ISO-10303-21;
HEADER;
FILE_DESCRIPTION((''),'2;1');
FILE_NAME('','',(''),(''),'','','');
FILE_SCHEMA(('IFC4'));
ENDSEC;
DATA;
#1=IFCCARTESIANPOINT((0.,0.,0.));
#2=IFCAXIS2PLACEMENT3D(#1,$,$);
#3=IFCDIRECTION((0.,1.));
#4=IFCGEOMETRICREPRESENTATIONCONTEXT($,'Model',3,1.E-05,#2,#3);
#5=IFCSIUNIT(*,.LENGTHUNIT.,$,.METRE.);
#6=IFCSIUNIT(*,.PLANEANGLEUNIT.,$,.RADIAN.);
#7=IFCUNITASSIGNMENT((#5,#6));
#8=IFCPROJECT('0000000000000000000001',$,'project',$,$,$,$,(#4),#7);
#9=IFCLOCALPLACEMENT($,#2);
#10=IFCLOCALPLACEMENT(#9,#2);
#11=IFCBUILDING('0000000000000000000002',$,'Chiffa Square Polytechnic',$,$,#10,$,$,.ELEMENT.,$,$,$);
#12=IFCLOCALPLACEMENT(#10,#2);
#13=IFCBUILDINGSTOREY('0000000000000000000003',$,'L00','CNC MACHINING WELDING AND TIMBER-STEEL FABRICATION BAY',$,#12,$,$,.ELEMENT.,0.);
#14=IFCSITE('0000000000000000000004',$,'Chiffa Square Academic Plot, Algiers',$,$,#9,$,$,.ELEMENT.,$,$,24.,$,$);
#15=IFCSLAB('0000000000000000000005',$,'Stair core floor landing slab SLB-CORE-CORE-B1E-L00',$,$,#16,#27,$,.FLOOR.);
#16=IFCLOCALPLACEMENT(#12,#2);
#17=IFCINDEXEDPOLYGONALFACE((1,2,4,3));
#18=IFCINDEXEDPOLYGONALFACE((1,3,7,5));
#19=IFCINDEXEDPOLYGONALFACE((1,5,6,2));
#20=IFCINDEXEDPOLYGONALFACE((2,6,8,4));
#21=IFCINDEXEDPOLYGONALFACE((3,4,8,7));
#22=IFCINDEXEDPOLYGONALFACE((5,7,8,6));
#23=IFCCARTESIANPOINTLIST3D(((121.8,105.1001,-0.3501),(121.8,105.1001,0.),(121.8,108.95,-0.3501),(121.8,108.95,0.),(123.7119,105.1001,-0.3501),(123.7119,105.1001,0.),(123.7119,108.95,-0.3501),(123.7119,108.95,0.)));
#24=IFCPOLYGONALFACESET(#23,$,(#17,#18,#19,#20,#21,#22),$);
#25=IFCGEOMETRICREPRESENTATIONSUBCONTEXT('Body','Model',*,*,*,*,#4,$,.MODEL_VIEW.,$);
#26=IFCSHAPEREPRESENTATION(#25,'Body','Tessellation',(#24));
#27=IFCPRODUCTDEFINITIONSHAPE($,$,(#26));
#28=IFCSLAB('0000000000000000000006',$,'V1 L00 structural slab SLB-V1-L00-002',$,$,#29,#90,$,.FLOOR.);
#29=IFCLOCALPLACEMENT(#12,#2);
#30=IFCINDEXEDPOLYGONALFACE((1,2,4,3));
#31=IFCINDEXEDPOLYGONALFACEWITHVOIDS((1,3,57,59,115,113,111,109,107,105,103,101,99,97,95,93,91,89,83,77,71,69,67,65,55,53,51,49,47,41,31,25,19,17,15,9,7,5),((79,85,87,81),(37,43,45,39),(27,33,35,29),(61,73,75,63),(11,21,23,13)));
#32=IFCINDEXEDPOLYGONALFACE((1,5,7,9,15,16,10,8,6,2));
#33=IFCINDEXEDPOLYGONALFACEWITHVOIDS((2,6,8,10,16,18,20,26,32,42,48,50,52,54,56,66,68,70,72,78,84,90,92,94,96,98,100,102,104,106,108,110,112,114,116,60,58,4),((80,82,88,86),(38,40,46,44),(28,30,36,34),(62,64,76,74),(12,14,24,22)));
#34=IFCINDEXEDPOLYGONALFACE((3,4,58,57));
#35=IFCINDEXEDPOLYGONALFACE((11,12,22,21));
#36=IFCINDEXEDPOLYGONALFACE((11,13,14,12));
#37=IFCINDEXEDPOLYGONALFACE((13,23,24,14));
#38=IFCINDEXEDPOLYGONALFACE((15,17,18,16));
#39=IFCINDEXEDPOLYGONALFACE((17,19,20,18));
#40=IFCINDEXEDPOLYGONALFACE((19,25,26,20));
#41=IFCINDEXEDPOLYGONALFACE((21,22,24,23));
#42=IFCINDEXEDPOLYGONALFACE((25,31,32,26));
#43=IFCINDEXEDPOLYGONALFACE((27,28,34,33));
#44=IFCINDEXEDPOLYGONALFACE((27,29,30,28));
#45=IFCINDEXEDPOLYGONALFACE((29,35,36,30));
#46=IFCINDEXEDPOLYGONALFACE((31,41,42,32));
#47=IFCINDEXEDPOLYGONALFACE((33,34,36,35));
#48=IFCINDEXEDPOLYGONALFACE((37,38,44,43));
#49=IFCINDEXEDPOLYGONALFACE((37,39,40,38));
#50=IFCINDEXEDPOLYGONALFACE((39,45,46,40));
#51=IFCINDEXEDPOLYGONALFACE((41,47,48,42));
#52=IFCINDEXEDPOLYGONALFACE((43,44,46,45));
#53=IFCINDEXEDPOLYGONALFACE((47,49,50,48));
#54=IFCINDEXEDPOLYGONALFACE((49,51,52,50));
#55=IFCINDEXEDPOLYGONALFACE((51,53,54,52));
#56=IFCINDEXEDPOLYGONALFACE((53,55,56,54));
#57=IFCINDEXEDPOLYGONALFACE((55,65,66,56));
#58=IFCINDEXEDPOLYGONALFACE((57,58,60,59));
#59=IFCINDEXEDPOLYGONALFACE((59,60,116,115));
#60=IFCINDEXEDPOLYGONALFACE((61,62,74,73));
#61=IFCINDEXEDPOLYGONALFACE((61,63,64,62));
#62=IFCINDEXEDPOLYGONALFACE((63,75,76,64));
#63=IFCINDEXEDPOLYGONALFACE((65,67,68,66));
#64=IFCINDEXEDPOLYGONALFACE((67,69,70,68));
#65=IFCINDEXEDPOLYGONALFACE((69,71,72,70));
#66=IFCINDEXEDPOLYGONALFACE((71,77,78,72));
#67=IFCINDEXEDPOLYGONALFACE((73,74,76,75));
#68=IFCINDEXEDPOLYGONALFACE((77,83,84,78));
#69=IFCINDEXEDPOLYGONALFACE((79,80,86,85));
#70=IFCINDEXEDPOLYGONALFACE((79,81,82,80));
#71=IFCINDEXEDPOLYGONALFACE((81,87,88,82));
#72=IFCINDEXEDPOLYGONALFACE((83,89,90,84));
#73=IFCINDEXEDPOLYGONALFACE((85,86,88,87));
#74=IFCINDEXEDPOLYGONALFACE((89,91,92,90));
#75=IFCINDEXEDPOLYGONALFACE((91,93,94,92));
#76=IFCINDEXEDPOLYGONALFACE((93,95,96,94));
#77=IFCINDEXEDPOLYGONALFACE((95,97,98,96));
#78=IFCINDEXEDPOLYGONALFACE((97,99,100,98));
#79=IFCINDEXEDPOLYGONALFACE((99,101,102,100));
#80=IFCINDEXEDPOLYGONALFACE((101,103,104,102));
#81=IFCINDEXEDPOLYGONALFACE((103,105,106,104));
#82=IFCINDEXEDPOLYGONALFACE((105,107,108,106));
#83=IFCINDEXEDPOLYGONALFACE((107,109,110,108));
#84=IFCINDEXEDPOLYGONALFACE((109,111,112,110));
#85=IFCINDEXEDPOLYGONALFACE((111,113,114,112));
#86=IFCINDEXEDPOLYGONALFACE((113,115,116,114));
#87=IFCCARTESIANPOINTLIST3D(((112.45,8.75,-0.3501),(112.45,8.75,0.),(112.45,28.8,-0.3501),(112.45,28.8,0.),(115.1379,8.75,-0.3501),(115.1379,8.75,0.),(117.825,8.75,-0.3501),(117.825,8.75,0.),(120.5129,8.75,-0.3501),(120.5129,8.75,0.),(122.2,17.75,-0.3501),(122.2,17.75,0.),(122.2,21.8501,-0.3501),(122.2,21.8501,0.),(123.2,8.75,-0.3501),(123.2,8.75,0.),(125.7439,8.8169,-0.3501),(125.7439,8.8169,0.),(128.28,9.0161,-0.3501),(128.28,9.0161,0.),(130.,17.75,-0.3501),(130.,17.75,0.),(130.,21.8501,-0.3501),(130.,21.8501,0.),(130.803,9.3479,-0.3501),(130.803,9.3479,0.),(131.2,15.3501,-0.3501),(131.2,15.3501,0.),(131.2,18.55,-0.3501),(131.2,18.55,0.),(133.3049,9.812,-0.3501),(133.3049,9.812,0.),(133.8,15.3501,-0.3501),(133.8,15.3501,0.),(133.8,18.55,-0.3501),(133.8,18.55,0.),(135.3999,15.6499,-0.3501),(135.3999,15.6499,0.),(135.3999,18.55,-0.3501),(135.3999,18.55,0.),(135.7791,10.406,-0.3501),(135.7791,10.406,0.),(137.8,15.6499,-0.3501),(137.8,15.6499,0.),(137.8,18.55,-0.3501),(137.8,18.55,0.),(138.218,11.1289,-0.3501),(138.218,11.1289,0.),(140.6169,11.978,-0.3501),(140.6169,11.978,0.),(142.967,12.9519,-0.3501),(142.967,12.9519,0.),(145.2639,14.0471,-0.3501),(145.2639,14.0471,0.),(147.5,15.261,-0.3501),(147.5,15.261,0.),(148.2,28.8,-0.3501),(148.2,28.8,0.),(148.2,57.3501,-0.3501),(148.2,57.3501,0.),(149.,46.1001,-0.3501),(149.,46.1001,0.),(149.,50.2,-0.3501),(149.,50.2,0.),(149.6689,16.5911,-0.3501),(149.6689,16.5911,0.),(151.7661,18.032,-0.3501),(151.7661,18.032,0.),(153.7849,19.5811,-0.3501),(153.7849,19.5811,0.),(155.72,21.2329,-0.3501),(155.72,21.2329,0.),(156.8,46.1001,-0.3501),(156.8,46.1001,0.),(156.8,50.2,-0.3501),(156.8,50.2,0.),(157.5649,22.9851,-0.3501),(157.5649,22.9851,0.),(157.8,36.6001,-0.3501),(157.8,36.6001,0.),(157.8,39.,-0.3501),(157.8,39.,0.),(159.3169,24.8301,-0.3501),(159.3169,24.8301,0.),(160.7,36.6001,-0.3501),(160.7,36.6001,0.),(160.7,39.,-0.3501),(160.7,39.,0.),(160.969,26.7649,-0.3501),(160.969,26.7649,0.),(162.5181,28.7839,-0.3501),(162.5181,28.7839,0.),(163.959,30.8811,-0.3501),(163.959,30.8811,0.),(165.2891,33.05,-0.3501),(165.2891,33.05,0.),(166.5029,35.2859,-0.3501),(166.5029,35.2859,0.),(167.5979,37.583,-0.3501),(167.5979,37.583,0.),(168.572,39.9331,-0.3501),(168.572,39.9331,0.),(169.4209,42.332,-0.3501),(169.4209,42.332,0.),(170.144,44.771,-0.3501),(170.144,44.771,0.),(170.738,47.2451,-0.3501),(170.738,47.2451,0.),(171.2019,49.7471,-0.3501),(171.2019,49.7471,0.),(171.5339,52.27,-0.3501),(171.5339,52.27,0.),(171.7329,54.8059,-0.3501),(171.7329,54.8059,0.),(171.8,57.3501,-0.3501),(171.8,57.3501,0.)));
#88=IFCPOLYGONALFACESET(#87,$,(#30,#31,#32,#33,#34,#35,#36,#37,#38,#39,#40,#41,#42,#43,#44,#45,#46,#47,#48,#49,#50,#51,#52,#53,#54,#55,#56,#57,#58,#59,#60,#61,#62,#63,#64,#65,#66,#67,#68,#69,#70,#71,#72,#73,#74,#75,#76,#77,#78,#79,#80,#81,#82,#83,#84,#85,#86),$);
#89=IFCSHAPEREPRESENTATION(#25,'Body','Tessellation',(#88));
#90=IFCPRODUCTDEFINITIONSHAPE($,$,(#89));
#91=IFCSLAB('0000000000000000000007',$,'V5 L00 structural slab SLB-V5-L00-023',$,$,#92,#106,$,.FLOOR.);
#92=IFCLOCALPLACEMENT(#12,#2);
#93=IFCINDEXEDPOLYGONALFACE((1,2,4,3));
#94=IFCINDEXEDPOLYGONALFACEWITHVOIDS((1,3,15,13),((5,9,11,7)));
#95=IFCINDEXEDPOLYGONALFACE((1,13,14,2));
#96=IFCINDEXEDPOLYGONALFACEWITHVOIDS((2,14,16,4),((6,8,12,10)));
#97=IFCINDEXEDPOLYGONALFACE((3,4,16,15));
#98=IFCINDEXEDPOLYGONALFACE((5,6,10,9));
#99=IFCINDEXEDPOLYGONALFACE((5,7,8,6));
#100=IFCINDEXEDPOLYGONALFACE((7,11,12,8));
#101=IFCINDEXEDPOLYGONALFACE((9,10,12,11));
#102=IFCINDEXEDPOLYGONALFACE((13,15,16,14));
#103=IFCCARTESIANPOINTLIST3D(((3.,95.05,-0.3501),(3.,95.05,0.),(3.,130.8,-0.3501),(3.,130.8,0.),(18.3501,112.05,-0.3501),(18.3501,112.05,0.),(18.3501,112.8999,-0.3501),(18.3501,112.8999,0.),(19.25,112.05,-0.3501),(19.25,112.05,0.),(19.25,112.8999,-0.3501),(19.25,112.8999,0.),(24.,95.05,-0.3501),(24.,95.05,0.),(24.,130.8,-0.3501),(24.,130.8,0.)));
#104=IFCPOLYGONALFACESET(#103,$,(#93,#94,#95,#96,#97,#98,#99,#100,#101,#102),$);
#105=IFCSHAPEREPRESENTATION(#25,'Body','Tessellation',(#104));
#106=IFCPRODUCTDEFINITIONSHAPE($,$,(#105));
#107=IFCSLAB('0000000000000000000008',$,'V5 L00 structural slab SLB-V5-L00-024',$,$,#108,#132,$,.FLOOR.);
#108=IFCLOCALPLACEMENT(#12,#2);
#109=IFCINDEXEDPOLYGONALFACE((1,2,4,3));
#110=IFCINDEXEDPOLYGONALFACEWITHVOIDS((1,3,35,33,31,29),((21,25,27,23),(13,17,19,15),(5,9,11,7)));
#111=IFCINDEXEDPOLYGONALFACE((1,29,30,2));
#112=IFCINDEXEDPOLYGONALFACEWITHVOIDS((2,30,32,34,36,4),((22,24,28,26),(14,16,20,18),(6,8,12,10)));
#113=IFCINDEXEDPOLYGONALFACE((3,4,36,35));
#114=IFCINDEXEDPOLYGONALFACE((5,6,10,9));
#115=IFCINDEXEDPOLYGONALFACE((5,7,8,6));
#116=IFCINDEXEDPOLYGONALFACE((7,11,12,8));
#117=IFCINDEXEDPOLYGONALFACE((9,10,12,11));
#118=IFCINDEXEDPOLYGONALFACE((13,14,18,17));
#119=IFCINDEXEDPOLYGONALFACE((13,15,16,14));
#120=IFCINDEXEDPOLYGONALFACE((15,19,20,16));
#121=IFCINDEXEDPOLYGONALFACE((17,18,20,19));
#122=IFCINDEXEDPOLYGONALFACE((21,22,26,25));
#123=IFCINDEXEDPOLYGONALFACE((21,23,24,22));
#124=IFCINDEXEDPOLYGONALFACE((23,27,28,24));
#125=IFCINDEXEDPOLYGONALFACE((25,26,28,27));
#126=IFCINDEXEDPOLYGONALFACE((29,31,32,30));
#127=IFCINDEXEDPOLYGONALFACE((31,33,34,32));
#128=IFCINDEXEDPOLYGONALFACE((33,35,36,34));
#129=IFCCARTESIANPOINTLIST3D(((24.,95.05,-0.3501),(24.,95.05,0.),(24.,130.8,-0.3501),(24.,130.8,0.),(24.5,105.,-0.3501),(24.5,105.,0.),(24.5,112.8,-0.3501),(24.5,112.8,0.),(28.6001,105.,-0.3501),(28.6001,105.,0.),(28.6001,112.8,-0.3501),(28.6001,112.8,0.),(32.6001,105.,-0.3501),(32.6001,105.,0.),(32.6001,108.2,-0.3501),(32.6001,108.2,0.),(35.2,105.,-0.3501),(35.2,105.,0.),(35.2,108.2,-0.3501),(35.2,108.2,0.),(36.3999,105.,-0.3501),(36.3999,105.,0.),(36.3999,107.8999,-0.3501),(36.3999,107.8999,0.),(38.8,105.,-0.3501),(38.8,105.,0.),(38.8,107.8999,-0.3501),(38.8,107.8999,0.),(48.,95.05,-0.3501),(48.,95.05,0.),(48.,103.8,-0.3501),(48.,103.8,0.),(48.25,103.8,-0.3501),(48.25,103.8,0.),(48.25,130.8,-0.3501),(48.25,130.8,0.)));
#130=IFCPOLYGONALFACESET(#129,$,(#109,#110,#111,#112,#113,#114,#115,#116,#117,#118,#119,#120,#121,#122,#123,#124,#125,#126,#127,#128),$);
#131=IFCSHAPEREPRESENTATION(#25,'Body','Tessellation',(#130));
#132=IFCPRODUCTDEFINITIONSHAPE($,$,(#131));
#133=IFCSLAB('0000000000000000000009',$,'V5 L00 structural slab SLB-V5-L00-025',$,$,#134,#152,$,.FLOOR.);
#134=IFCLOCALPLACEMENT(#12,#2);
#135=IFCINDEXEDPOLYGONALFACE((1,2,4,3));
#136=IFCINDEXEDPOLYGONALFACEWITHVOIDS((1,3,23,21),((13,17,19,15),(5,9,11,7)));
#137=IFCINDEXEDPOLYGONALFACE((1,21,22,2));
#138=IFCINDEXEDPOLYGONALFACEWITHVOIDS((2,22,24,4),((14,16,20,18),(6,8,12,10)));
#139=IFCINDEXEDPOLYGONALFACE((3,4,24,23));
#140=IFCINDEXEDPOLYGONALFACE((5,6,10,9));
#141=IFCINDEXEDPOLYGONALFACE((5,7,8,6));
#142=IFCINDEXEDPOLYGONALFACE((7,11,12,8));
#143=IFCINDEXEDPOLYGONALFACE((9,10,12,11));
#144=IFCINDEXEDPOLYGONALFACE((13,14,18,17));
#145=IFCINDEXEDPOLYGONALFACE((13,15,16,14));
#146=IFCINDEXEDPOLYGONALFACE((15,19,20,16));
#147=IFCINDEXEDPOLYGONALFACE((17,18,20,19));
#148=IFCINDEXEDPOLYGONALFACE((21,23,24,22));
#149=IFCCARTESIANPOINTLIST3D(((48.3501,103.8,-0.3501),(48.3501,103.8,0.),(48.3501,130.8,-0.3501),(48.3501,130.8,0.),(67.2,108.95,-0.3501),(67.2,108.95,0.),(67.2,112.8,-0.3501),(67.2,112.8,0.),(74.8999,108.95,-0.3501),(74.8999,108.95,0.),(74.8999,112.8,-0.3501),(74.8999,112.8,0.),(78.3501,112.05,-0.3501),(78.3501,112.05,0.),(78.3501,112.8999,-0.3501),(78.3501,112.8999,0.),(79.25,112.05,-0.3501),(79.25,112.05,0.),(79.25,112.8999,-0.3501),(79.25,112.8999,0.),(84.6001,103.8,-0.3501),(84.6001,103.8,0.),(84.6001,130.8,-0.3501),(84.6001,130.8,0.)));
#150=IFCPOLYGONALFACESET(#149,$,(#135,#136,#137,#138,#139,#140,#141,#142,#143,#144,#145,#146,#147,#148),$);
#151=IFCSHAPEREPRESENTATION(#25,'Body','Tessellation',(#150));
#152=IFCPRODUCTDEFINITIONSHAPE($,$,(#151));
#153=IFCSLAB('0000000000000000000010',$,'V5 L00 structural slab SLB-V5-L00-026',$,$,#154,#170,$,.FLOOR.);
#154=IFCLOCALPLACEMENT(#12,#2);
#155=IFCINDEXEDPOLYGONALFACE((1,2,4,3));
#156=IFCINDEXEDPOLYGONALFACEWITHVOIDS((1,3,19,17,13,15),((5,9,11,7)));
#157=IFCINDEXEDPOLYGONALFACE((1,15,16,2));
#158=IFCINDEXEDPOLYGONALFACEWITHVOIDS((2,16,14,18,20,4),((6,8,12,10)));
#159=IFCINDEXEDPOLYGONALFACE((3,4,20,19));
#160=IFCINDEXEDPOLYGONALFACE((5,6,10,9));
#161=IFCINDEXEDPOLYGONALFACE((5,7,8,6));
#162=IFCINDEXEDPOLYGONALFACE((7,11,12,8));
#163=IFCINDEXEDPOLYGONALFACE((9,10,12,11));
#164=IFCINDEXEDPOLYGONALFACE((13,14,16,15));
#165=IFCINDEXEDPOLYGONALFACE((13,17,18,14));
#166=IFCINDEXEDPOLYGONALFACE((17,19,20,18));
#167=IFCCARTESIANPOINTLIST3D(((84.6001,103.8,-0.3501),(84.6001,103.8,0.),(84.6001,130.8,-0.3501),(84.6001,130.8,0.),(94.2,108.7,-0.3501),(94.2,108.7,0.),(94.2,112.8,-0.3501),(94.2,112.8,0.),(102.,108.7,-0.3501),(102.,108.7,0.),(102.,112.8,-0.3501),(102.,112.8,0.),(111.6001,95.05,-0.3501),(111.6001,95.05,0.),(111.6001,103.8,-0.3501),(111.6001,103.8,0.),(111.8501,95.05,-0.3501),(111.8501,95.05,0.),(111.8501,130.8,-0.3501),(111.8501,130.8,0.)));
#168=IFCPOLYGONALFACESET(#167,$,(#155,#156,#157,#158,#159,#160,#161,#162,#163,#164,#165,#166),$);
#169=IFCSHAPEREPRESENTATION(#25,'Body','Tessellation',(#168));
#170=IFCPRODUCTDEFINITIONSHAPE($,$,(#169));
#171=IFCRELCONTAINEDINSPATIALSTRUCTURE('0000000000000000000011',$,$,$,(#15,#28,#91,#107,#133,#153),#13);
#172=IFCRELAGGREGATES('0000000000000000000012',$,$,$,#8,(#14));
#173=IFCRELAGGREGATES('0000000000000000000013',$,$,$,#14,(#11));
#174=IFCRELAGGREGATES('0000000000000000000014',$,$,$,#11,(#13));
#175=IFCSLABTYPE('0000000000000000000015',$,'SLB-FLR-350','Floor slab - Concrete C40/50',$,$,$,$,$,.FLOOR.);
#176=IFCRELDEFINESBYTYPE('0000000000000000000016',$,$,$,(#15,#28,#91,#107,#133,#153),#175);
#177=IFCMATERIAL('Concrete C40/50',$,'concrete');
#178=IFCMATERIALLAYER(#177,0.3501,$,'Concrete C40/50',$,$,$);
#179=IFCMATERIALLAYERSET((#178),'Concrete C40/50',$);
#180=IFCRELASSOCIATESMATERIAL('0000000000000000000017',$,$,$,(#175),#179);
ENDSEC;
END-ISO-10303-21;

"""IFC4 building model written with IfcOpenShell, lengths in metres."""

from ifc_helpers import new_model, si_unit, direction, frame, origin, place, context, subcontext, project, spatial, polyline, outline, extrude, material, layer, layer_set, type_object, element, save


model = new_model("IFC4")

# Units and contexts
model_context = context("Model", 3, precision=1e-05, world=origin(), true_north=direction((0.0, 1.0)))
body_context = subcontext(model_context, "Body", "Model", "MODEL_VIEW")
ifc_project = project(units=[si_unit("LENGTHUNIT", "METRE"), si_unit("PLANEANGLEUNIT", "RADIAN")], contexts=[model_context])

# Site, building, storey
site_placement = place(None, origin())
site = spatial("IfcSite", under=ifc_project, at=site_placement, Name="Chiffa Square Academic Plot, Algiers", CompositionType="ELEMENT", RefElevation=24.0)
building_placement = place(site_placement, origin())
building = spatial("IfcBuilding", under=site, at=building_placement, Name="Chiffa Square Polytechnic", CompositionType="ELEMENT")
storey_placement = place(building_placement, origin())
storey = spatial("IfcBuildingStorey", under=building, at=storey_placement, Name="L00", Description="CNC MACHINING WELDING AND TIMBER-STEEL FABRICATION BAY", CompositionType="ELEMENT", Elevation=0.0)

# Slabs
ifc_material_1 = material(Name="Concrete C40/50", Category="concrete")
ifc_layer_1 = layer(ifc_material_1, 0.3501, Name="Concrete C40/50")
ifc_layer_set_1 = layer_set([ifc_layer_1], Name="Concrete C40/50")
slab_type_1 = type_object("IfcSlabType", Name="SLB-FLR-350", Description="Floor slab - Concrete C40/50", PredefinedType="FLOOR", material=ifc_layer_set_1)
slab_1_placement = place(storey_placement, frame((0.0, 0.0, -0.3501)))
element("IfcSlab", 1, at=slab_1_placement, inside=storey, type_object=slab_type_1, Name="Stair core floor landing slab SLB-CORE-CORE-B1E-L00", PredefinedType="FLOOR", context=body_context, shape_type="SweptSolid", body=[
    extrude(outline(polyline([(121.8, 105.1001), (123.7119, 105.1001), (123.7119, 108.95), (121.8, 108.95), (121.8, 105.1001)])), origin(), (0.0, 0.0, 1.0), 0.3501),
])
slab_2_placement = place(storey_placement, frame((0.0, 0.0, -0.3501)))
element("IfcSlab", 2, at=slab_2_placement, inside=storey, type_object=slab_type_1, Name="V1 L00 structural slab SLB-V1-L00-002", PredefinedType="FLOOR", context=body_context, shape_type="SweptSolid", body=[
    extrude(outline(polyline([(112.45, 28.8), (148.2, 28.8), (148.2, 57.3501), (171.8, 57.3501), (171.7329, 54.8059), (171.5339, 52.27), (171.2019, 49.7471), (170.738, 47.2451), (170.144, 44.771), (169.4209, 42.332), (168.572, 39.9331), (167.5979, 37.583), (166.5029, 35.2859), (165.2891, 33.05), (163.959, 30.8811), (162.5181, 28.7839), (160.969, 26.7649), (159.3169, 24.8301), (157.5649, 22.9851), (155.72, 21.2329), (153.7849, 19.5811), (151.7661, 18.032), (149.6689, 16.5911), (147.5, 15.261), (145.2639, 14.0471), (142.967, 12.9519), (140.6169, 11.978), (138.218, 11.1289), (135.7791, 10.406), (133.3049, 9.812), (130.803, 9.3479), (128.28, 9.0161), (125.7439, 8.8169), (123.2, 8.75), (120.5129, 8.75), (117.825, 8.75), (115.1379, 8.75), (112.45, 8.75), (112.45, 28.8)]), holes=[polyline([(122.2, 21.8501), (130.0, 21.8501), (130.0, 17.75), (122.2, 17.75), (122.2, 21.8501)]), polyline([(149.0, 50.2), (156.8, 50.2), (156.8, 46.1001), (149.0, 46.1001), (149.0, 50.2)]), polyline([(131.2, 18.55), (133.8, 18.55), (133.8, 15.3501), (131.2, 15.3501), (131.2, 18.55)]), polyline([(135.3999, 18.55), (137.8, 18.55), (137.8, 15.6499), (135.3999, 15.6499), (135.3999, 18.55)]), polyline([(157.8, 39.0), (160.7, 39.0), (160.7, 36.6001), (157.8, 36.6001), (157.8, 39.0)])]), origin(), (0.0, 0.0, 1.0), 0.3501),
])
slab_3_placement = place(storey_placement, frame((0.0, 0.0, -0.3501)))
element("IfcSlab", 3, at=slab_3_placement, inside=storey, type_object=slab_type_1, Name="V5 L00 structural slab SLB-V5-L00-023", PredefinedType="FLOOR", context=body_context, shape_type="SweptSolid", body=[
    extrude(outline(polyline([(3.0, 95.05), (3.0, 130.8), (24.0, 130.8), (24.0, 95.05), (3.0, 95.05)]), holes=[polyline([(18.3501, 112.8999), (19.25, 112.8999), (19.25, 112.05), (18.3501, 112.05), (18.3501, 112.8999)])]), origin(), (0.0, 0.0, 1.0), 0.3501),
])
slab_4_placement = place(storey_placement, frame((0.0, 0.0, -0.3501)))
element("IfcSlab", 4, at=slab_4_placement, inside=storey, type_object=slab_type_1, Name="V5 L00 structural slab SLB-V5-L00-024", PredefinedType="FLOOR", context=body_context, shape_type="SweptSolid", body=[
    extrude(outline(polyline([(48.0, 103.8), (48.0, 95.05), (24.0, 95.05), (24.0, 130.8), (48.25, 130.8), (48.25, 103.8), (48.0, 103.8)]), holes=[polyline([(24.5, 105.0), (24.5, 112.8), (28.6001, 112.8), (28.6001, 105.0), (24.5, 105.0)]), polyline([(32.6001, 108.2), (35.2, 108.2), (35.2, 105.0), (32.6001, 105.0), (32.6001, 108.2)]), polyline([(36.3999, 107.8999), (38.8, 107.8999), (38.8, 105.0), (36.3999, 105.0), (36.3999, 107.8999)])]), origin(), (0.0, 0.0, 1.0), 0.3501),
])
slab_5_placement = place(storey_placement, frame((0.0, 0.0, -0.3501)))
element("IfcSlab", 5, at=slab_5_placement, inside=storey, type_object=slab_type_1, Name="V5 L00 structural slab SLB-V5-L00-025", PredefinedType="FLOOR", context=body_context, shape_type="SweptSolid", body=[
    extrude(outline(polyline([(48.3501, 103.8), (48.3501, 130.8), (84.6001, 130.8), (84.6001, 103.8), (48.3501, 103.8)]), holes=[polyline([(67.2, 112.8), (74.8999, 112.8), (74.8999, 108.95), (67.2, 108.95), (67.2, 112.8)]), polyline([(78.3501, 112.8999), (79.25, 112.8999), (79.25, 112.05), (78.3501, 112.05), (78.3501, 112.8999)])]), origin(), (0.0, 0.0, 1.0), 0.3501),
])
slab_6_placement = place(storey_placement, frame((0.0, 0.0, -0.3501)))
element("IfcSlab", 6, at=slab_6_placement, inside=storey, type_object=slab_type_1, Name="V5 L00 structural slab SLB-V5-L00-026", PredefinedType="FLOOR", context=body_context, shape_type="SweptSolid", body=[
    extrude(outline(polyline([(111.6001, 95.05), (111.6001, 103.8), (84.6001, 103.8), (84.6001, 130.8), (111.8501, 130.8), (111.8501, 95.05), (111.6001, 95.05)]), holes=[polyline([(94.2, 112.8), (102.0, 112.8), (102.0, 108.7), (94.2, 108.7), (94.2, 112.8)])]), origin(), (0.0, 0.0, 1.0), 0.3501),
])

save(model, "model.ifc")
